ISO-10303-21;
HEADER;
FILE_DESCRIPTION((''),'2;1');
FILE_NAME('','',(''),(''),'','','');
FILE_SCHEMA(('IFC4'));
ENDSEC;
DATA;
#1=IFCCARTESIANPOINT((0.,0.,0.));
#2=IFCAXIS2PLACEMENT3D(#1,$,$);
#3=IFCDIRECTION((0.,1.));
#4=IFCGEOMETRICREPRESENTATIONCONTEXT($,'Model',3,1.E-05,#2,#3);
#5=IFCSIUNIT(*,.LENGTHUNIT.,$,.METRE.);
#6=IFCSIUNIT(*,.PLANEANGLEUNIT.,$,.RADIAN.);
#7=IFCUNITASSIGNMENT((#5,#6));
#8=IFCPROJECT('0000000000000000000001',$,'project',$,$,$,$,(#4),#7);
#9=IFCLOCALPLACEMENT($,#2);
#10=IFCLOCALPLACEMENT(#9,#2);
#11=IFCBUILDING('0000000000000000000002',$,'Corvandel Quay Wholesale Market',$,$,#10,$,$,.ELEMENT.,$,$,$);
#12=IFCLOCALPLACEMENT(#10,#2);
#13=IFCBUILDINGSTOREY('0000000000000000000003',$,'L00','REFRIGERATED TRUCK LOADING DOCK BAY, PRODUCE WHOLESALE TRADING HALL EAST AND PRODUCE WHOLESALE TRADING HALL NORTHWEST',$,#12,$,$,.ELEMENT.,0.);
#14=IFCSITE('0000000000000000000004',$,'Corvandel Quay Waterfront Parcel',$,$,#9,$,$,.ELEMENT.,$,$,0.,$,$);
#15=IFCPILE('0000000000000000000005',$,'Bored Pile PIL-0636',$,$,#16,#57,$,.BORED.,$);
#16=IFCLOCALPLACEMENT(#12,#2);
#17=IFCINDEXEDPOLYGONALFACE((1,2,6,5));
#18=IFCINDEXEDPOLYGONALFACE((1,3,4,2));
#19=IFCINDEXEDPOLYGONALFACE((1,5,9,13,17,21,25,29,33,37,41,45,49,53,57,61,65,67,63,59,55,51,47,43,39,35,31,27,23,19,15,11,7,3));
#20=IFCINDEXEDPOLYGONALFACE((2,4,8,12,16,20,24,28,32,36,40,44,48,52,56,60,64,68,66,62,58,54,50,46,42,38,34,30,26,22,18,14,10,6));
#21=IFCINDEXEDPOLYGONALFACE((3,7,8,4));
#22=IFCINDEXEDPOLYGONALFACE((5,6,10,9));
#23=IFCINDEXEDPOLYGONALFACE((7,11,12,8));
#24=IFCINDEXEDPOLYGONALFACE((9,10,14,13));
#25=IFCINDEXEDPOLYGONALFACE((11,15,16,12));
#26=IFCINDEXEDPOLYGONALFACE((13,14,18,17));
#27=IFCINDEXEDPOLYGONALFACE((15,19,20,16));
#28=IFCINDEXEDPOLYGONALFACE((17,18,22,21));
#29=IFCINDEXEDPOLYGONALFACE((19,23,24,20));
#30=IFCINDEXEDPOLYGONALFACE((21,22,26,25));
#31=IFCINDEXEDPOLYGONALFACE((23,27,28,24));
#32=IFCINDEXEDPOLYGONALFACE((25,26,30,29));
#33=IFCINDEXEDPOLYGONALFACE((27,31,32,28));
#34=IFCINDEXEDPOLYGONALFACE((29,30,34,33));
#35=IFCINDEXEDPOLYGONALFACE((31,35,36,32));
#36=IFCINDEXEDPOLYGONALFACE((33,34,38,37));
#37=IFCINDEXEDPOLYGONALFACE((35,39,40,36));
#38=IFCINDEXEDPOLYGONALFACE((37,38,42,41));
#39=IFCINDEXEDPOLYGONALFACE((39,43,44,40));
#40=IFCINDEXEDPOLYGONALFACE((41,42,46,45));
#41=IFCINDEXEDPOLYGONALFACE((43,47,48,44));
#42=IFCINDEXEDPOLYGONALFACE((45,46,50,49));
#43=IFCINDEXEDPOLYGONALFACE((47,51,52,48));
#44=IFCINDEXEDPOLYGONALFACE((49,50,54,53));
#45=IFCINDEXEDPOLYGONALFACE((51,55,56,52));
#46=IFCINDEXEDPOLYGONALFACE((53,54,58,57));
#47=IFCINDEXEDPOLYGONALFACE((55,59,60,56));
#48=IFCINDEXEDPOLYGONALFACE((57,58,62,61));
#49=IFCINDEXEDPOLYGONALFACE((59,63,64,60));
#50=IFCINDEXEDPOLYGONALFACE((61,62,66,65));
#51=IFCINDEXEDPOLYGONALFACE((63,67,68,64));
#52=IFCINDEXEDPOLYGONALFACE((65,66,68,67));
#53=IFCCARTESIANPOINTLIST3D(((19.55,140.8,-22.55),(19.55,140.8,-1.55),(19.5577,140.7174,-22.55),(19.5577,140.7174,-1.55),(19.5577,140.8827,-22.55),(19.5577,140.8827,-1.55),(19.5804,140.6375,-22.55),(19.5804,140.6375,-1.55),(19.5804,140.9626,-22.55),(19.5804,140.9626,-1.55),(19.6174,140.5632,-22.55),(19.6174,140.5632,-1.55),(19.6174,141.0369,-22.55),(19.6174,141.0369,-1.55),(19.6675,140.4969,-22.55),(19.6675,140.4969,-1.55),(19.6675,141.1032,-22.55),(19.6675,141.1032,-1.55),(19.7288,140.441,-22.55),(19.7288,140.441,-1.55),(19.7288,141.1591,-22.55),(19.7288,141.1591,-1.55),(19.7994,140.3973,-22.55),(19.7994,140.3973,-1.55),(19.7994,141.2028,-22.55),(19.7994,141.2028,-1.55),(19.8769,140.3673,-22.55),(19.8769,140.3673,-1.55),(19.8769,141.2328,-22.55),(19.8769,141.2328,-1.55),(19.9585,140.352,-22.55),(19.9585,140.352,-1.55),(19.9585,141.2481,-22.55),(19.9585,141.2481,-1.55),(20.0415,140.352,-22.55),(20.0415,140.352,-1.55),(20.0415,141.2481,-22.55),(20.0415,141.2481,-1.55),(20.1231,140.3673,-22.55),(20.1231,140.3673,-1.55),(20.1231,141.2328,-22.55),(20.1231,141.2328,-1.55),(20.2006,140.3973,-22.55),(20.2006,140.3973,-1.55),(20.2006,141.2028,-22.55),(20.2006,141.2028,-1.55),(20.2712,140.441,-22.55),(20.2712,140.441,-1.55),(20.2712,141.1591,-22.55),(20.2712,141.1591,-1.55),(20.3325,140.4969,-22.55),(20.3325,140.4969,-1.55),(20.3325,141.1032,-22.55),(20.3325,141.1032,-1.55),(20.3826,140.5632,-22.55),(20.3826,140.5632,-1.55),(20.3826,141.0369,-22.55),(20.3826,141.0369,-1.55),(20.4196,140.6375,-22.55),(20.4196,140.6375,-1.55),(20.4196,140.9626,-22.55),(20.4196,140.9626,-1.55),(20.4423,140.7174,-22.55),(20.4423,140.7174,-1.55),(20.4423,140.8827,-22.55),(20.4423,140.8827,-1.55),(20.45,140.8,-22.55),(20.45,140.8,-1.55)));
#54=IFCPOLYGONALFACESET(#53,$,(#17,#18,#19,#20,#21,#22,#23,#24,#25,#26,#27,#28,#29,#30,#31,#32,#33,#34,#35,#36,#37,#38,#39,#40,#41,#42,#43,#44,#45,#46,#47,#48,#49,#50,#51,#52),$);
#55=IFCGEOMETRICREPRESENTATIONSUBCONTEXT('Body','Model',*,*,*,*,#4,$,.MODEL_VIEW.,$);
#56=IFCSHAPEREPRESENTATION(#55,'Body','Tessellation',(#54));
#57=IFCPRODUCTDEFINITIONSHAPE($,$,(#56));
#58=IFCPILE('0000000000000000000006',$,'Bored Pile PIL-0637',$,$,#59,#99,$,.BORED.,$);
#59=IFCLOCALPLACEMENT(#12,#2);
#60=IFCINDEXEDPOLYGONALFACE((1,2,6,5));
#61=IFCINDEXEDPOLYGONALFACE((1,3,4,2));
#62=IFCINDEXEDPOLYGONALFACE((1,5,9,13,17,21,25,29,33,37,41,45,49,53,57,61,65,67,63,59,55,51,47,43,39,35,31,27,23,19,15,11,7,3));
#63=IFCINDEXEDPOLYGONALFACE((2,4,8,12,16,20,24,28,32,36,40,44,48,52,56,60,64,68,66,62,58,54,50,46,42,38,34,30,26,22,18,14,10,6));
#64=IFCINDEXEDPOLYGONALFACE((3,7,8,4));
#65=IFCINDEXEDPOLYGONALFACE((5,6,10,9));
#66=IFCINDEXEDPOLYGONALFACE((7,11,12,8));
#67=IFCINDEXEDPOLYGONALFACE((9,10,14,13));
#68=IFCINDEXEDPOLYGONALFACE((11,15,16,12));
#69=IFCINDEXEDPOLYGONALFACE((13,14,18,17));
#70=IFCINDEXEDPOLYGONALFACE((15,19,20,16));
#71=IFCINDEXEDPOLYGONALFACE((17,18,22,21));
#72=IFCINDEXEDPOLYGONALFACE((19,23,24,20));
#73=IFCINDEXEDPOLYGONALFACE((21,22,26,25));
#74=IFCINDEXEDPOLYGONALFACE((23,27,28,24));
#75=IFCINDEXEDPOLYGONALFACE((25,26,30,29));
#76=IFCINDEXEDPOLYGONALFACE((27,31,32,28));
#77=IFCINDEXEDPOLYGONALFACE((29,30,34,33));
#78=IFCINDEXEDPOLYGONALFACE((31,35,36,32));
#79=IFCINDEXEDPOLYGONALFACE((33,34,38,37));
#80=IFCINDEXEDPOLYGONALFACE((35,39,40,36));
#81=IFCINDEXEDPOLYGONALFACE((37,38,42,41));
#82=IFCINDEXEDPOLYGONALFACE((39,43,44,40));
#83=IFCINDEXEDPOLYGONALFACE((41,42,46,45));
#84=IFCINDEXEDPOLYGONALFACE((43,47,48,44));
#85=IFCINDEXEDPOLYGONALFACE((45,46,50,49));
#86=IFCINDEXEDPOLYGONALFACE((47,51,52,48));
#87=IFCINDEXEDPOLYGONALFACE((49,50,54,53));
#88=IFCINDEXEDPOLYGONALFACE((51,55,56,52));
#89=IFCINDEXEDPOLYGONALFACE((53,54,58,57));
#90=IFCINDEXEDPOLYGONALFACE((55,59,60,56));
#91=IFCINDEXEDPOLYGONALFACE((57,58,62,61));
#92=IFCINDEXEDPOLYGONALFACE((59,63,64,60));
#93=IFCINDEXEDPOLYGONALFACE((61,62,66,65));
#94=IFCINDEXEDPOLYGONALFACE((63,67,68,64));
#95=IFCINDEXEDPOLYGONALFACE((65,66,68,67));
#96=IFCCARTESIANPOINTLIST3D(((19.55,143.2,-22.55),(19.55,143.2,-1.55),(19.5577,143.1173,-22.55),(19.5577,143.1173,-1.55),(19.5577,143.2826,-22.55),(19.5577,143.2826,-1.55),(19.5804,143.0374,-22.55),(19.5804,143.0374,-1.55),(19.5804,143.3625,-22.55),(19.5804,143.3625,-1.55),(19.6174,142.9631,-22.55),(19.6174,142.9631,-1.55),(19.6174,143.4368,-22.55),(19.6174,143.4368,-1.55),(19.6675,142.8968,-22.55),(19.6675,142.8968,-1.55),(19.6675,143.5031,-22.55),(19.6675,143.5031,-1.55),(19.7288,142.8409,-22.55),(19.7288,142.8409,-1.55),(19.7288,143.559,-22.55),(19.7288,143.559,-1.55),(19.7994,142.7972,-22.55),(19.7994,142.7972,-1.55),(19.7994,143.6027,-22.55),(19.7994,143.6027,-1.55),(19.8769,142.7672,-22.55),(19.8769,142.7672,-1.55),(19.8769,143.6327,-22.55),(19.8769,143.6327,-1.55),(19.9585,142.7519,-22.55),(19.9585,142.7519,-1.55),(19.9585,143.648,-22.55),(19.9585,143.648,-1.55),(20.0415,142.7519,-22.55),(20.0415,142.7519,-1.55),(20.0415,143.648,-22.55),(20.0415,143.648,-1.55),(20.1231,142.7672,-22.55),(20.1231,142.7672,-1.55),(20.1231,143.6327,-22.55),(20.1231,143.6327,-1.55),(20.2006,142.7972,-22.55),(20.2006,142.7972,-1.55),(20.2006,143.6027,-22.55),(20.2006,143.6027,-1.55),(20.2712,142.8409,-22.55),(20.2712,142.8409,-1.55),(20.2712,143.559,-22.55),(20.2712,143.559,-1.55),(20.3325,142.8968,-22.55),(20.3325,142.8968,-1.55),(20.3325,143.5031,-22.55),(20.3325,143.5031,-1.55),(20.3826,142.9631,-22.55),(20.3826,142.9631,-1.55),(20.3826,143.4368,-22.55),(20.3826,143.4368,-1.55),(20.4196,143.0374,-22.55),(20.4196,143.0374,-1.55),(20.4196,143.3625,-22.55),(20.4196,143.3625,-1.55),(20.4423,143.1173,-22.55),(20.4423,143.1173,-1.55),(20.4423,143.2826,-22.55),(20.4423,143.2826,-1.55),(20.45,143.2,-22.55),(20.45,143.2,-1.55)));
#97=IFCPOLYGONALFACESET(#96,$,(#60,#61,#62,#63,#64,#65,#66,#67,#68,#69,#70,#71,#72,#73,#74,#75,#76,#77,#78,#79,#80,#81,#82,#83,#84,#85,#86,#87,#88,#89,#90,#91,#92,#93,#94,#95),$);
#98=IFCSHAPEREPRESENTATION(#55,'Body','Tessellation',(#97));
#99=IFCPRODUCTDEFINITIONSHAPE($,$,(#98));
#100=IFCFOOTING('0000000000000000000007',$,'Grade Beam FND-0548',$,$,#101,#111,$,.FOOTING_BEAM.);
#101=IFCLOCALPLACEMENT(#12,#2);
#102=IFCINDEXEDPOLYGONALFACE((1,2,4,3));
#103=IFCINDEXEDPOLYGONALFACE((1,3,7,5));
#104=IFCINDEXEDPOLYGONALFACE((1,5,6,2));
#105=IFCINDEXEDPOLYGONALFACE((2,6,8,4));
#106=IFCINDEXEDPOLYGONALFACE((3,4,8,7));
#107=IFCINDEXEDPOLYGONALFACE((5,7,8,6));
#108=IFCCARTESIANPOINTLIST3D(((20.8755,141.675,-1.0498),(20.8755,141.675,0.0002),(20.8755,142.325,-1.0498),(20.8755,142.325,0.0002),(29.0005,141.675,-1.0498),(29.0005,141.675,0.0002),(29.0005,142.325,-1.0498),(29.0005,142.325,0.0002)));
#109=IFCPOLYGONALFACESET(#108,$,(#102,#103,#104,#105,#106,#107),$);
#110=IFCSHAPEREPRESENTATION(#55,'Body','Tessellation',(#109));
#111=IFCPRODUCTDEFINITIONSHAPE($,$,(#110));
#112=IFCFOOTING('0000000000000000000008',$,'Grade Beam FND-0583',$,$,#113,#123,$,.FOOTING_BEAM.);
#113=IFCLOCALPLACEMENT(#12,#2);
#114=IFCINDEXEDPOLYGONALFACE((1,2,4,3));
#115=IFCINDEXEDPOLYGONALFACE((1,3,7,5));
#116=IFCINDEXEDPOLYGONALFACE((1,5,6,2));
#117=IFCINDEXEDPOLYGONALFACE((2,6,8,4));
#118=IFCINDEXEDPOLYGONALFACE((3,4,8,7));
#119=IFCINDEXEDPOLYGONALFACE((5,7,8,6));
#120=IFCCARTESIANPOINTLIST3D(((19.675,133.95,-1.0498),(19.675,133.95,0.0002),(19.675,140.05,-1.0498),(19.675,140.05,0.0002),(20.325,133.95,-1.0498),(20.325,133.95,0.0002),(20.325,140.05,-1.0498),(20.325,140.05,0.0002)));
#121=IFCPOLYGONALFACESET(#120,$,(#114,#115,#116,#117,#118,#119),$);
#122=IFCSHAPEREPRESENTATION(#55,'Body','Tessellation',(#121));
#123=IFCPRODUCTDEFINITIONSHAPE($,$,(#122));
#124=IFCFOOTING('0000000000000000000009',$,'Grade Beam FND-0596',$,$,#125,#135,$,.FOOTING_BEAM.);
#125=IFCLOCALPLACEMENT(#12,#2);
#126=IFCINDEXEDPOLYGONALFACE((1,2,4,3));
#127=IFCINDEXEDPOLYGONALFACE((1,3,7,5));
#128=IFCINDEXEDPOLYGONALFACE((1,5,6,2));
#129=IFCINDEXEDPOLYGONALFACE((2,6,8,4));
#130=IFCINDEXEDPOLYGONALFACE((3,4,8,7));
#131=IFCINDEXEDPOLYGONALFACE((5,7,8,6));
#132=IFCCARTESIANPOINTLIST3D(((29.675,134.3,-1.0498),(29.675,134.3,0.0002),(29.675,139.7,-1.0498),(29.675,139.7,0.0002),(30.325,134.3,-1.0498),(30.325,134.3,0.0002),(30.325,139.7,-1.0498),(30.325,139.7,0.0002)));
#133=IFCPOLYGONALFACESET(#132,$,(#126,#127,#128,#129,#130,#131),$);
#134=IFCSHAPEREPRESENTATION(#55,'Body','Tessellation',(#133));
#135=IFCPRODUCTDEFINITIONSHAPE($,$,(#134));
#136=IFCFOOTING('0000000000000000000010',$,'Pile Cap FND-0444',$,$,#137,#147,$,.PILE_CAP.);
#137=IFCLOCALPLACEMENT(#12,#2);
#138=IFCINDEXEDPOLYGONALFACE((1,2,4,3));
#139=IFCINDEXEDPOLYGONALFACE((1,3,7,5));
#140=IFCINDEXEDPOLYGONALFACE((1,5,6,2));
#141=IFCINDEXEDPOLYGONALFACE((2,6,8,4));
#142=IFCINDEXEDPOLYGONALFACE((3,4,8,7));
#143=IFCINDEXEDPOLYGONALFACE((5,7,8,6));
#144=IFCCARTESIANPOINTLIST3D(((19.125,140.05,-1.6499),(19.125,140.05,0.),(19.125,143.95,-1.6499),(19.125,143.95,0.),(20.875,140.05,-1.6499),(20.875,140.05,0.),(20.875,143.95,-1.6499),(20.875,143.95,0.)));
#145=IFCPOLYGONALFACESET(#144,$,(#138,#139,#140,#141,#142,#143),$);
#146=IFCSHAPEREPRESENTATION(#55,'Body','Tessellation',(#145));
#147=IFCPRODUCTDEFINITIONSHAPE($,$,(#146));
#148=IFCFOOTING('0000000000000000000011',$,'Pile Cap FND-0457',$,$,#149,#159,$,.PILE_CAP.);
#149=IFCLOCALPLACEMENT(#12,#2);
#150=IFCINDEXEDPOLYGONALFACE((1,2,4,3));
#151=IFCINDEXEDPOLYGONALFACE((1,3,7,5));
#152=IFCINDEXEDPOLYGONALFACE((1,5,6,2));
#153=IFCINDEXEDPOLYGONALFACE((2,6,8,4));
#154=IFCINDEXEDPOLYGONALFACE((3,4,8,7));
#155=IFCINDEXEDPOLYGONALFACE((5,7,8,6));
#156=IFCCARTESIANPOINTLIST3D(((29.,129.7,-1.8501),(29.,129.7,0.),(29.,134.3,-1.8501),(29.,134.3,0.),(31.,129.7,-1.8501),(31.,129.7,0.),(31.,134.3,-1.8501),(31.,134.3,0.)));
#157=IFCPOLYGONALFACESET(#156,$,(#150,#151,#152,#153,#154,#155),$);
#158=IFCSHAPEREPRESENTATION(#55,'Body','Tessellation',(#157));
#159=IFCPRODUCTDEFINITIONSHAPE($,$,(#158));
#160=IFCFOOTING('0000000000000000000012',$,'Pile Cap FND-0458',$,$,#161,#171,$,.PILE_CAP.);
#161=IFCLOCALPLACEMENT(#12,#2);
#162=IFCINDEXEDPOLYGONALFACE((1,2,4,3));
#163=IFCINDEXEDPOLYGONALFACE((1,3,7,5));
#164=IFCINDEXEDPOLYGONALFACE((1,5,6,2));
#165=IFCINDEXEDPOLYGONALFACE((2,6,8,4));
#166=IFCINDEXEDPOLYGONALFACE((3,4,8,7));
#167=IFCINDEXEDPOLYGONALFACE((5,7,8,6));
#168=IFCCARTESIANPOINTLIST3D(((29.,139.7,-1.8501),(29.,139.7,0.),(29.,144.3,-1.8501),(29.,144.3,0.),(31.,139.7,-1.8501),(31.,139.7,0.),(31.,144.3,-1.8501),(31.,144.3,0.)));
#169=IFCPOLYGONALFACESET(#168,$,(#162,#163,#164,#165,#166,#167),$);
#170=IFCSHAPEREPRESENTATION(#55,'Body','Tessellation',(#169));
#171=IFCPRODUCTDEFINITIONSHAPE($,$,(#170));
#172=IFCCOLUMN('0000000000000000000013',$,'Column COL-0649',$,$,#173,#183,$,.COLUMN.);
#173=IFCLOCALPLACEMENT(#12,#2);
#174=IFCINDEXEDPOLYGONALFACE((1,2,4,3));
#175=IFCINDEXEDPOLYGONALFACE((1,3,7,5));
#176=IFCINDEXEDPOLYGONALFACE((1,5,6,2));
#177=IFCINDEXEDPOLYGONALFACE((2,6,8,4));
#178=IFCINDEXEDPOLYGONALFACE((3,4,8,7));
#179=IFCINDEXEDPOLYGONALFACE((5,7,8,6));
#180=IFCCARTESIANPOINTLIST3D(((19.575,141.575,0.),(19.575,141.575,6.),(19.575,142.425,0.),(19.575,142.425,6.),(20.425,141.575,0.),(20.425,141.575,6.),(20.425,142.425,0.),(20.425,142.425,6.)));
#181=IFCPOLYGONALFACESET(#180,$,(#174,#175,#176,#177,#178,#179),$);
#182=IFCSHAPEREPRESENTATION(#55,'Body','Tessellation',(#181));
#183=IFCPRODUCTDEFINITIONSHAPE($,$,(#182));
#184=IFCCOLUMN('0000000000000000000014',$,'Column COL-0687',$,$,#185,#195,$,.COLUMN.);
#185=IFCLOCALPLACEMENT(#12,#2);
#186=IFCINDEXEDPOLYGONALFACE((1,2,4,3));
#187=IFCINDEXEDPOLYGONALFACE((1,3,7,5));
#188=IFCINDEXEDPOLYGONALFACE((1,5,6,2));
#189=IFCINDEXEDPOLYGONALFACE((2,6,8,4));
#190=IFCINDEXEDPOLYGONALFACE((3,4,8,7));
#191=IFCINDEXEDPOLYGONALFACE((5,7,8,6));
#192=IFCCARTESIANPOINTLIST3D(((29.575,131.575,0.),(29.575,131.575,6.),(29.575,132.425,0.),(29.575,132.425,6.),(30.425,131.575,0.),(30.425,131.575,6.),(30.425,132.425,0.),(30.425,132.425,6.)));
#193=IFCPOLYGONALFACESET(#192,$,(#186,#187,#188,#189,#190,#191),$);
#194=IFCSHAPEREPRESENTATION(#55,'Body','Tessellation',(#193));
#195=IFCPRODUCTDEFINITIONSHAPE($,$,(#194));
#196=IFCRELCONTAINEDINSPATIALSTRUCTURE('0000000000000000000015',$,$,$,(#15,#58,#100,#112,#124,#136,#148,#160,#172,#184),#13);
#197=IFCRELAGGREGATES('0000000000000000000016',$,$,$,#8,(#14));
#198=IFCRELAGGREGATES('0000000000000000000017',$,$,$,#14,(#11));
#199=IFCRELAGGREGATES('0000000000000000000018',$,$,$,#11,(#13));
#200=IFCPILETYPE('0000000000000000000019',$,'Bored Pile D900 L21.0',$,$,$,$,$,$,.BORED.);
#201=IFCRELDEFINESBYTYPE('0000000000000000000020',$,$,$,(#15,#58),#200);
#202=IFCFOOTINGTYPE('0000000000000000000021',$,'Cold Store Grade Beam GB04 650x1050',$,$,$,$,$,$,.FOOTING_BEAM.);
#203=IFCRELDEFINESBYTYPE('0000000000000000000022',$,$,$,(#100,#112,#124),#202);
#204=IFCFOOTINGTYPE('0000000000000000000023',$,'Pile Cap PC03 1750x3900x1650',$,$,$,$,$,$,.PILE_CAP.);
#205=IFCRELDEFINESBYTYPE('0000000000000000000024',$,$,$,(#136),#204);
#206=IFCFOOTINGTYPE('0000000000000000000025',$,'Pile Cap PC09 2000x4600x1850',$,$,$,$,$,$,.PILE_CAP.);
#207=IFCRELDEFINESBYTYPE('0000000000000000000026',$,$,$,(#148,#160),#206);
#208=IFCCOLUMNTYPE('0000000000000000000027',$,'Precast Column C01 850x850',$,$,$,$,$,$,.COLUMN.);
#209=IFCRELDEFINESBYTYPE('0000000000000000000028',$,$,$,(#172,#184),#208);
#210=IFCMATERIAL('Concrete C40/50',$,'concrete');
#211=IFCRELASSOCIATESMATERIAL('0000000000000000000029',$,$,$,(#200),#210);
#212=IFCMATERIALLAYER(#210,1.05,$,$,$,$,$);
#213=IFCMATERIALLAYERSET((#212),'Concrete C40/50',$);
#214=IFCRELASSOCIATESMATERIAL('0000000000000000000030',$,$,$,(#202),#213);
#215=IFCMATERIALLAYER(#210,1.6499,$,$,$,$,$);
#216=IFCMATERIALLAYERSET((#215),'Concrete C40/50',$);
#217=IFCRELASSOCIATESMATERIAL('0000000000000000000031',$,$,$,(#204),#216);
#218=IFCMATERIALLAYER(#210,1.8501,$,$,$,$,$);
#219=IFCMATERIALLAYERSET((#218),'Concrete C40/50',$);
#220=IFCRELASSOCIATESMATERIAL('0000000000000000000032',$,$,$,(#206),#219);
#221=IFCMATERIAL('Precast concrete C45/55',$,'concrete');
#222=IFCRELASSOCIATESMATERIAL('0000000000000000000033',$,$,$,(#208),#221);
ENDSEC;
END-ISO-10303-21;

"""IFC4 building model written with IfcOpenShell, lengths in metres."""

from ifc_helpers import new_model, si_unit, direction, frame, origin, origin_2d, place, context, subcontext, project, spatial, rectangle, circle, extrude, material, layer, layer_set, material_profile, profile_set, type_object, element, save


model = new_model("IFC4")

# Units and contexts
model_context = context("Model", 3, precision=1e-05, world=origin(), true_north=direction((0.0, 1.0)))
body_context = subcontext(model_context, "Body", "Model", "MODEL_VIEW")
ifc_project = project(units=[si_unit("LENGTHUNIT", "METRE"), si_unit("PLANEANGLEUNIT", "RADIAN")], contexts=[model_context])

# Site, building, storey
site_placement = place(None, origin())
site = spatial("IfcSite", under=ifc_project, at=site_placement, Name="Corvandel Quay Waterfront Parcel", CompositionType="ELEMENT", RefElevation=0.0)
building_placement = place(site_placement, origin())
building = spatial("IfcBuilding", under=site, at=building_placement, Name="Corvandel Quay Wholesale Market", CompositionType="ELEMENT")
storey_placement = place(building_placement, origin())
storey = spatial("IfcBuildingStorey", under=building, at=storey_placement, Name="L00", Description="REFRIGERATED TRUCK LOADING DOCK BAY, PRODUCE WHOLESALE TRADING HALL EAST AND PRODUCE WHOLESALE TRADING HALL NORTHWEST", CompositionType="ELEMENT", Elevation=0.0)

# Piles
ifc_material_1 = material(Name="Concrete C40/50", Category="concrete")
ifc_material_profile_1 = material_profile(ifc_material_1, circle(Radius=0.45, at=origin_2d()), Name="RC-PILE-D900")
ifc_profile_set_1 = profile_set([ifc_material_profile_1], Name="Concrete C40/50")
pile_type_1 = type_object("IfcPileType", Name="Bored Pile D900 L21.0", PredefinedType="BORED", material=ifc_profile_set_1)
for number, where, z_axis, x_axis, name in (
    (1, (20.0, 140.8, -1.55), (0.0, 0.0, -1.0), (1.0, 0.0, 0.0), "Bored Pile PIL-0636"),
    (2, (20.0, 143.2, -1.55), (0.0, 0.0, -1.0), (1.0, 0.0, 0.0), "Bored Pile PIL-0637"),
):
    element("IfcPile", number, at=place(storey_placement, frame(where, z_axis=z_axis, x_axis=x_axis)), inside=storey, type_object=pile_type_1, Name=name, PredefinedType="BORED", context=body_context, shape_type="SweptSolid", body=[
        extrude(circle(Radius=0.45, at=origin_2d()), origin(), (0.0, 0.0, 1.0), 21.0),
    ])

# Footings
ifc_layer_1 = layer(ifc_material_1, 1.05)
ifc_layer_set_1 = layer_set([ifc_layer_1], Name="Concrete C40/50")
footing_type_1 = type_object("IfcFootingType", Name="Cold Store Grade Beam GB04 650x1050", PredefinedType="FOOTING_BEAM", material=ifc_layer_set_1)
footing_1_placement = place(storey_placement, frame((24.938, 142.0, -1.0498), z_axis=(0.0, 0.0, 1.0), x_axis=(1.0, 0.0, 0.0)))
element("IfcFooting", 3, at=footing_1_placement, inside=storey, type_object=footing_type_1, Name="Grade Beam FND-0548", PredefinedType="FOOTING_BEAM", context=body_context, shape_type="SweptSolid", body=[
    extrude(rectangle(XDim=8.125, YDim=0.6499, at=origin_2d()), origin(), (0.0, 0.0, 1.0), 1.05),
])
footing_2_placement = place(storey_placement, frame((20.0, 137.0, -1.0498), z_axis=(0.0, 0.0, 1.0), x_axis=(0.0, 1.0, 0.0)))
element("IfcFooting", 4, at=footing_2_placement, inside=storey, type_object=footing_type_1, Name="Grade Beam FND-0583", PredefinedType="FOOTING_BEAM", context=body_context, shape_type="SweptSolid", body=[
    extrude(rectangle(XDim=6.1001, YDim=0.6499, at=origin_2d()), origin(), (0.0, 0.0, 1.0), 1.05),
])
footing_3_placement = place(storey_placement, frame((30.0, 137.0, -1.0498), z_axis=(0.0, 0.0, 1.0), x_axis=(0.0, 1.0, 0.0)))
element("IfcFooting", 5, at=footing_3_placement, inside=storey, type_object=footing_type_1, Name="Grade Beam FND-0596", PredefinedType="FOOTING_BEAM", context=body_context, shape_type="SweptSolid", body=[
    extrude(rectangle(XDim=5.3999, YDim=0.6499, at=origin_2d()), origin(), (0.0, 0.0, 1.0), 1.05),
])
ifc_layer_2 = layer(ifc_material_1, 1.6499)
ifc_layer_set_2 = layer_set([ifc_layer_2], Name="Concrete C40/50")
footing_type_2 = type_object("IfcFootingType", Name="Pile Cap PC03 1750x3900x1650", PredefinedType="PILE_CAP", material=ifc_layer_set_2)
footing_4_placement = place(storey_placement, frame((20.0, 142.0, -1.6499), z_axis=(0.0, 0.0, 1.0), x_axis=(1.0, 0.0, 0.0)))
element("IfcFooting", 6, at=footing_4_placement, inside=storey, type_object=footing_type_2, Name="Pile Cap FND-0444", PredefinedType="PILE_CAP", context=body_context, shape_type="SweptSolid", body=[
    extrude(rectangle(XDim=1.75, YDim=3.8999, at=origin_2d()), origin(), (0.0, 0.0, 1.0), 1.6499),
])
ifc_layer_3 = layer(ifc_material_1, 1.8501)
ifc_layer_set_3 = layer_set([ifc_layer_3], Name="Concrete C40/50")
footing_type_3 = type_object("IfcFootingType", Name="Pile Cap PC09 2000x4600x1850", PredefinedType="PILE_CAP", material=ifc_layer_set_3)
for number, where, z_axis, x_axis, name in (
    (7, (30.0, 132.0, -1.8501), (0.0, 0.0, 1.0), (1.0, 0.0, 0.0), "Pile Cap FND-0457"),
    (8, (30.0, 142.0, -1.8501), (0.0, 0.0, 1.0), (1.0, 0.0, 0.0), "Pile Cap FND-0458"),
):
    element("IfcFooting", number, at=place(storey_placement, frame(where, z_axis=z_axis, x_axis=x_axis)), inside=storey, type_object=footing_type_3, Name=name, PredefinedType="PILE_CAP", context=body_context, shape_type="SweptSolid", body=[
        extrude(rectangle(XDim=2.0, YDim=4.6001, at=origin_2d()), origin(), (0.0, 0.0, 1.0), 1.8501),
    ])

# Columns
ifc_material_2 = material(Name="Precast concrete C45/55", Category="concrete")
ifc_material_profile_2 = material_profile(ifc_material_2, rectangle(XDim=0.8501, YDim=0.8501, at=origin_2d()), Name="PC-COL-850x850")
ifc_profile_set_2 = profile_set([ifc_material_profile_2], Name="Precast concrete C45/55")
column_type = type_object("IfcColumnType", Name="Precast Column C01 850x850", PredefinedType="COLUMN", material=ifc_profile_set_2)
for number, where, z_axis, x_axis, name in (
    (9, (20.0, 142.0, 0.0), (0.0, 0.0, 1.0), (1.0, 0.0, 0.0), "Column COL-0649"),
    (10, (30.0, 132.0, 0.0), (0.0, 0.0, 1.0), (1.0, 0.0, 0.0), "Column COL-0687"),
):
    element("IfcColumn", number, at=place(storey_placement, frame(where, z_axis=z_axis, x_axis=x_axis)), inside=storey, type_object=column_type, Name=name, PredefinedType="COLUMN", context=body_context, shape_type="SweptSolid", body=[
        extrude(rectangle(XDim=0.8501, YDim=0.8501, at=origin_2d()), origin(), (0.0, 0.0, 1.0), 6.0),
    ])

save(model, "model.ifc")
